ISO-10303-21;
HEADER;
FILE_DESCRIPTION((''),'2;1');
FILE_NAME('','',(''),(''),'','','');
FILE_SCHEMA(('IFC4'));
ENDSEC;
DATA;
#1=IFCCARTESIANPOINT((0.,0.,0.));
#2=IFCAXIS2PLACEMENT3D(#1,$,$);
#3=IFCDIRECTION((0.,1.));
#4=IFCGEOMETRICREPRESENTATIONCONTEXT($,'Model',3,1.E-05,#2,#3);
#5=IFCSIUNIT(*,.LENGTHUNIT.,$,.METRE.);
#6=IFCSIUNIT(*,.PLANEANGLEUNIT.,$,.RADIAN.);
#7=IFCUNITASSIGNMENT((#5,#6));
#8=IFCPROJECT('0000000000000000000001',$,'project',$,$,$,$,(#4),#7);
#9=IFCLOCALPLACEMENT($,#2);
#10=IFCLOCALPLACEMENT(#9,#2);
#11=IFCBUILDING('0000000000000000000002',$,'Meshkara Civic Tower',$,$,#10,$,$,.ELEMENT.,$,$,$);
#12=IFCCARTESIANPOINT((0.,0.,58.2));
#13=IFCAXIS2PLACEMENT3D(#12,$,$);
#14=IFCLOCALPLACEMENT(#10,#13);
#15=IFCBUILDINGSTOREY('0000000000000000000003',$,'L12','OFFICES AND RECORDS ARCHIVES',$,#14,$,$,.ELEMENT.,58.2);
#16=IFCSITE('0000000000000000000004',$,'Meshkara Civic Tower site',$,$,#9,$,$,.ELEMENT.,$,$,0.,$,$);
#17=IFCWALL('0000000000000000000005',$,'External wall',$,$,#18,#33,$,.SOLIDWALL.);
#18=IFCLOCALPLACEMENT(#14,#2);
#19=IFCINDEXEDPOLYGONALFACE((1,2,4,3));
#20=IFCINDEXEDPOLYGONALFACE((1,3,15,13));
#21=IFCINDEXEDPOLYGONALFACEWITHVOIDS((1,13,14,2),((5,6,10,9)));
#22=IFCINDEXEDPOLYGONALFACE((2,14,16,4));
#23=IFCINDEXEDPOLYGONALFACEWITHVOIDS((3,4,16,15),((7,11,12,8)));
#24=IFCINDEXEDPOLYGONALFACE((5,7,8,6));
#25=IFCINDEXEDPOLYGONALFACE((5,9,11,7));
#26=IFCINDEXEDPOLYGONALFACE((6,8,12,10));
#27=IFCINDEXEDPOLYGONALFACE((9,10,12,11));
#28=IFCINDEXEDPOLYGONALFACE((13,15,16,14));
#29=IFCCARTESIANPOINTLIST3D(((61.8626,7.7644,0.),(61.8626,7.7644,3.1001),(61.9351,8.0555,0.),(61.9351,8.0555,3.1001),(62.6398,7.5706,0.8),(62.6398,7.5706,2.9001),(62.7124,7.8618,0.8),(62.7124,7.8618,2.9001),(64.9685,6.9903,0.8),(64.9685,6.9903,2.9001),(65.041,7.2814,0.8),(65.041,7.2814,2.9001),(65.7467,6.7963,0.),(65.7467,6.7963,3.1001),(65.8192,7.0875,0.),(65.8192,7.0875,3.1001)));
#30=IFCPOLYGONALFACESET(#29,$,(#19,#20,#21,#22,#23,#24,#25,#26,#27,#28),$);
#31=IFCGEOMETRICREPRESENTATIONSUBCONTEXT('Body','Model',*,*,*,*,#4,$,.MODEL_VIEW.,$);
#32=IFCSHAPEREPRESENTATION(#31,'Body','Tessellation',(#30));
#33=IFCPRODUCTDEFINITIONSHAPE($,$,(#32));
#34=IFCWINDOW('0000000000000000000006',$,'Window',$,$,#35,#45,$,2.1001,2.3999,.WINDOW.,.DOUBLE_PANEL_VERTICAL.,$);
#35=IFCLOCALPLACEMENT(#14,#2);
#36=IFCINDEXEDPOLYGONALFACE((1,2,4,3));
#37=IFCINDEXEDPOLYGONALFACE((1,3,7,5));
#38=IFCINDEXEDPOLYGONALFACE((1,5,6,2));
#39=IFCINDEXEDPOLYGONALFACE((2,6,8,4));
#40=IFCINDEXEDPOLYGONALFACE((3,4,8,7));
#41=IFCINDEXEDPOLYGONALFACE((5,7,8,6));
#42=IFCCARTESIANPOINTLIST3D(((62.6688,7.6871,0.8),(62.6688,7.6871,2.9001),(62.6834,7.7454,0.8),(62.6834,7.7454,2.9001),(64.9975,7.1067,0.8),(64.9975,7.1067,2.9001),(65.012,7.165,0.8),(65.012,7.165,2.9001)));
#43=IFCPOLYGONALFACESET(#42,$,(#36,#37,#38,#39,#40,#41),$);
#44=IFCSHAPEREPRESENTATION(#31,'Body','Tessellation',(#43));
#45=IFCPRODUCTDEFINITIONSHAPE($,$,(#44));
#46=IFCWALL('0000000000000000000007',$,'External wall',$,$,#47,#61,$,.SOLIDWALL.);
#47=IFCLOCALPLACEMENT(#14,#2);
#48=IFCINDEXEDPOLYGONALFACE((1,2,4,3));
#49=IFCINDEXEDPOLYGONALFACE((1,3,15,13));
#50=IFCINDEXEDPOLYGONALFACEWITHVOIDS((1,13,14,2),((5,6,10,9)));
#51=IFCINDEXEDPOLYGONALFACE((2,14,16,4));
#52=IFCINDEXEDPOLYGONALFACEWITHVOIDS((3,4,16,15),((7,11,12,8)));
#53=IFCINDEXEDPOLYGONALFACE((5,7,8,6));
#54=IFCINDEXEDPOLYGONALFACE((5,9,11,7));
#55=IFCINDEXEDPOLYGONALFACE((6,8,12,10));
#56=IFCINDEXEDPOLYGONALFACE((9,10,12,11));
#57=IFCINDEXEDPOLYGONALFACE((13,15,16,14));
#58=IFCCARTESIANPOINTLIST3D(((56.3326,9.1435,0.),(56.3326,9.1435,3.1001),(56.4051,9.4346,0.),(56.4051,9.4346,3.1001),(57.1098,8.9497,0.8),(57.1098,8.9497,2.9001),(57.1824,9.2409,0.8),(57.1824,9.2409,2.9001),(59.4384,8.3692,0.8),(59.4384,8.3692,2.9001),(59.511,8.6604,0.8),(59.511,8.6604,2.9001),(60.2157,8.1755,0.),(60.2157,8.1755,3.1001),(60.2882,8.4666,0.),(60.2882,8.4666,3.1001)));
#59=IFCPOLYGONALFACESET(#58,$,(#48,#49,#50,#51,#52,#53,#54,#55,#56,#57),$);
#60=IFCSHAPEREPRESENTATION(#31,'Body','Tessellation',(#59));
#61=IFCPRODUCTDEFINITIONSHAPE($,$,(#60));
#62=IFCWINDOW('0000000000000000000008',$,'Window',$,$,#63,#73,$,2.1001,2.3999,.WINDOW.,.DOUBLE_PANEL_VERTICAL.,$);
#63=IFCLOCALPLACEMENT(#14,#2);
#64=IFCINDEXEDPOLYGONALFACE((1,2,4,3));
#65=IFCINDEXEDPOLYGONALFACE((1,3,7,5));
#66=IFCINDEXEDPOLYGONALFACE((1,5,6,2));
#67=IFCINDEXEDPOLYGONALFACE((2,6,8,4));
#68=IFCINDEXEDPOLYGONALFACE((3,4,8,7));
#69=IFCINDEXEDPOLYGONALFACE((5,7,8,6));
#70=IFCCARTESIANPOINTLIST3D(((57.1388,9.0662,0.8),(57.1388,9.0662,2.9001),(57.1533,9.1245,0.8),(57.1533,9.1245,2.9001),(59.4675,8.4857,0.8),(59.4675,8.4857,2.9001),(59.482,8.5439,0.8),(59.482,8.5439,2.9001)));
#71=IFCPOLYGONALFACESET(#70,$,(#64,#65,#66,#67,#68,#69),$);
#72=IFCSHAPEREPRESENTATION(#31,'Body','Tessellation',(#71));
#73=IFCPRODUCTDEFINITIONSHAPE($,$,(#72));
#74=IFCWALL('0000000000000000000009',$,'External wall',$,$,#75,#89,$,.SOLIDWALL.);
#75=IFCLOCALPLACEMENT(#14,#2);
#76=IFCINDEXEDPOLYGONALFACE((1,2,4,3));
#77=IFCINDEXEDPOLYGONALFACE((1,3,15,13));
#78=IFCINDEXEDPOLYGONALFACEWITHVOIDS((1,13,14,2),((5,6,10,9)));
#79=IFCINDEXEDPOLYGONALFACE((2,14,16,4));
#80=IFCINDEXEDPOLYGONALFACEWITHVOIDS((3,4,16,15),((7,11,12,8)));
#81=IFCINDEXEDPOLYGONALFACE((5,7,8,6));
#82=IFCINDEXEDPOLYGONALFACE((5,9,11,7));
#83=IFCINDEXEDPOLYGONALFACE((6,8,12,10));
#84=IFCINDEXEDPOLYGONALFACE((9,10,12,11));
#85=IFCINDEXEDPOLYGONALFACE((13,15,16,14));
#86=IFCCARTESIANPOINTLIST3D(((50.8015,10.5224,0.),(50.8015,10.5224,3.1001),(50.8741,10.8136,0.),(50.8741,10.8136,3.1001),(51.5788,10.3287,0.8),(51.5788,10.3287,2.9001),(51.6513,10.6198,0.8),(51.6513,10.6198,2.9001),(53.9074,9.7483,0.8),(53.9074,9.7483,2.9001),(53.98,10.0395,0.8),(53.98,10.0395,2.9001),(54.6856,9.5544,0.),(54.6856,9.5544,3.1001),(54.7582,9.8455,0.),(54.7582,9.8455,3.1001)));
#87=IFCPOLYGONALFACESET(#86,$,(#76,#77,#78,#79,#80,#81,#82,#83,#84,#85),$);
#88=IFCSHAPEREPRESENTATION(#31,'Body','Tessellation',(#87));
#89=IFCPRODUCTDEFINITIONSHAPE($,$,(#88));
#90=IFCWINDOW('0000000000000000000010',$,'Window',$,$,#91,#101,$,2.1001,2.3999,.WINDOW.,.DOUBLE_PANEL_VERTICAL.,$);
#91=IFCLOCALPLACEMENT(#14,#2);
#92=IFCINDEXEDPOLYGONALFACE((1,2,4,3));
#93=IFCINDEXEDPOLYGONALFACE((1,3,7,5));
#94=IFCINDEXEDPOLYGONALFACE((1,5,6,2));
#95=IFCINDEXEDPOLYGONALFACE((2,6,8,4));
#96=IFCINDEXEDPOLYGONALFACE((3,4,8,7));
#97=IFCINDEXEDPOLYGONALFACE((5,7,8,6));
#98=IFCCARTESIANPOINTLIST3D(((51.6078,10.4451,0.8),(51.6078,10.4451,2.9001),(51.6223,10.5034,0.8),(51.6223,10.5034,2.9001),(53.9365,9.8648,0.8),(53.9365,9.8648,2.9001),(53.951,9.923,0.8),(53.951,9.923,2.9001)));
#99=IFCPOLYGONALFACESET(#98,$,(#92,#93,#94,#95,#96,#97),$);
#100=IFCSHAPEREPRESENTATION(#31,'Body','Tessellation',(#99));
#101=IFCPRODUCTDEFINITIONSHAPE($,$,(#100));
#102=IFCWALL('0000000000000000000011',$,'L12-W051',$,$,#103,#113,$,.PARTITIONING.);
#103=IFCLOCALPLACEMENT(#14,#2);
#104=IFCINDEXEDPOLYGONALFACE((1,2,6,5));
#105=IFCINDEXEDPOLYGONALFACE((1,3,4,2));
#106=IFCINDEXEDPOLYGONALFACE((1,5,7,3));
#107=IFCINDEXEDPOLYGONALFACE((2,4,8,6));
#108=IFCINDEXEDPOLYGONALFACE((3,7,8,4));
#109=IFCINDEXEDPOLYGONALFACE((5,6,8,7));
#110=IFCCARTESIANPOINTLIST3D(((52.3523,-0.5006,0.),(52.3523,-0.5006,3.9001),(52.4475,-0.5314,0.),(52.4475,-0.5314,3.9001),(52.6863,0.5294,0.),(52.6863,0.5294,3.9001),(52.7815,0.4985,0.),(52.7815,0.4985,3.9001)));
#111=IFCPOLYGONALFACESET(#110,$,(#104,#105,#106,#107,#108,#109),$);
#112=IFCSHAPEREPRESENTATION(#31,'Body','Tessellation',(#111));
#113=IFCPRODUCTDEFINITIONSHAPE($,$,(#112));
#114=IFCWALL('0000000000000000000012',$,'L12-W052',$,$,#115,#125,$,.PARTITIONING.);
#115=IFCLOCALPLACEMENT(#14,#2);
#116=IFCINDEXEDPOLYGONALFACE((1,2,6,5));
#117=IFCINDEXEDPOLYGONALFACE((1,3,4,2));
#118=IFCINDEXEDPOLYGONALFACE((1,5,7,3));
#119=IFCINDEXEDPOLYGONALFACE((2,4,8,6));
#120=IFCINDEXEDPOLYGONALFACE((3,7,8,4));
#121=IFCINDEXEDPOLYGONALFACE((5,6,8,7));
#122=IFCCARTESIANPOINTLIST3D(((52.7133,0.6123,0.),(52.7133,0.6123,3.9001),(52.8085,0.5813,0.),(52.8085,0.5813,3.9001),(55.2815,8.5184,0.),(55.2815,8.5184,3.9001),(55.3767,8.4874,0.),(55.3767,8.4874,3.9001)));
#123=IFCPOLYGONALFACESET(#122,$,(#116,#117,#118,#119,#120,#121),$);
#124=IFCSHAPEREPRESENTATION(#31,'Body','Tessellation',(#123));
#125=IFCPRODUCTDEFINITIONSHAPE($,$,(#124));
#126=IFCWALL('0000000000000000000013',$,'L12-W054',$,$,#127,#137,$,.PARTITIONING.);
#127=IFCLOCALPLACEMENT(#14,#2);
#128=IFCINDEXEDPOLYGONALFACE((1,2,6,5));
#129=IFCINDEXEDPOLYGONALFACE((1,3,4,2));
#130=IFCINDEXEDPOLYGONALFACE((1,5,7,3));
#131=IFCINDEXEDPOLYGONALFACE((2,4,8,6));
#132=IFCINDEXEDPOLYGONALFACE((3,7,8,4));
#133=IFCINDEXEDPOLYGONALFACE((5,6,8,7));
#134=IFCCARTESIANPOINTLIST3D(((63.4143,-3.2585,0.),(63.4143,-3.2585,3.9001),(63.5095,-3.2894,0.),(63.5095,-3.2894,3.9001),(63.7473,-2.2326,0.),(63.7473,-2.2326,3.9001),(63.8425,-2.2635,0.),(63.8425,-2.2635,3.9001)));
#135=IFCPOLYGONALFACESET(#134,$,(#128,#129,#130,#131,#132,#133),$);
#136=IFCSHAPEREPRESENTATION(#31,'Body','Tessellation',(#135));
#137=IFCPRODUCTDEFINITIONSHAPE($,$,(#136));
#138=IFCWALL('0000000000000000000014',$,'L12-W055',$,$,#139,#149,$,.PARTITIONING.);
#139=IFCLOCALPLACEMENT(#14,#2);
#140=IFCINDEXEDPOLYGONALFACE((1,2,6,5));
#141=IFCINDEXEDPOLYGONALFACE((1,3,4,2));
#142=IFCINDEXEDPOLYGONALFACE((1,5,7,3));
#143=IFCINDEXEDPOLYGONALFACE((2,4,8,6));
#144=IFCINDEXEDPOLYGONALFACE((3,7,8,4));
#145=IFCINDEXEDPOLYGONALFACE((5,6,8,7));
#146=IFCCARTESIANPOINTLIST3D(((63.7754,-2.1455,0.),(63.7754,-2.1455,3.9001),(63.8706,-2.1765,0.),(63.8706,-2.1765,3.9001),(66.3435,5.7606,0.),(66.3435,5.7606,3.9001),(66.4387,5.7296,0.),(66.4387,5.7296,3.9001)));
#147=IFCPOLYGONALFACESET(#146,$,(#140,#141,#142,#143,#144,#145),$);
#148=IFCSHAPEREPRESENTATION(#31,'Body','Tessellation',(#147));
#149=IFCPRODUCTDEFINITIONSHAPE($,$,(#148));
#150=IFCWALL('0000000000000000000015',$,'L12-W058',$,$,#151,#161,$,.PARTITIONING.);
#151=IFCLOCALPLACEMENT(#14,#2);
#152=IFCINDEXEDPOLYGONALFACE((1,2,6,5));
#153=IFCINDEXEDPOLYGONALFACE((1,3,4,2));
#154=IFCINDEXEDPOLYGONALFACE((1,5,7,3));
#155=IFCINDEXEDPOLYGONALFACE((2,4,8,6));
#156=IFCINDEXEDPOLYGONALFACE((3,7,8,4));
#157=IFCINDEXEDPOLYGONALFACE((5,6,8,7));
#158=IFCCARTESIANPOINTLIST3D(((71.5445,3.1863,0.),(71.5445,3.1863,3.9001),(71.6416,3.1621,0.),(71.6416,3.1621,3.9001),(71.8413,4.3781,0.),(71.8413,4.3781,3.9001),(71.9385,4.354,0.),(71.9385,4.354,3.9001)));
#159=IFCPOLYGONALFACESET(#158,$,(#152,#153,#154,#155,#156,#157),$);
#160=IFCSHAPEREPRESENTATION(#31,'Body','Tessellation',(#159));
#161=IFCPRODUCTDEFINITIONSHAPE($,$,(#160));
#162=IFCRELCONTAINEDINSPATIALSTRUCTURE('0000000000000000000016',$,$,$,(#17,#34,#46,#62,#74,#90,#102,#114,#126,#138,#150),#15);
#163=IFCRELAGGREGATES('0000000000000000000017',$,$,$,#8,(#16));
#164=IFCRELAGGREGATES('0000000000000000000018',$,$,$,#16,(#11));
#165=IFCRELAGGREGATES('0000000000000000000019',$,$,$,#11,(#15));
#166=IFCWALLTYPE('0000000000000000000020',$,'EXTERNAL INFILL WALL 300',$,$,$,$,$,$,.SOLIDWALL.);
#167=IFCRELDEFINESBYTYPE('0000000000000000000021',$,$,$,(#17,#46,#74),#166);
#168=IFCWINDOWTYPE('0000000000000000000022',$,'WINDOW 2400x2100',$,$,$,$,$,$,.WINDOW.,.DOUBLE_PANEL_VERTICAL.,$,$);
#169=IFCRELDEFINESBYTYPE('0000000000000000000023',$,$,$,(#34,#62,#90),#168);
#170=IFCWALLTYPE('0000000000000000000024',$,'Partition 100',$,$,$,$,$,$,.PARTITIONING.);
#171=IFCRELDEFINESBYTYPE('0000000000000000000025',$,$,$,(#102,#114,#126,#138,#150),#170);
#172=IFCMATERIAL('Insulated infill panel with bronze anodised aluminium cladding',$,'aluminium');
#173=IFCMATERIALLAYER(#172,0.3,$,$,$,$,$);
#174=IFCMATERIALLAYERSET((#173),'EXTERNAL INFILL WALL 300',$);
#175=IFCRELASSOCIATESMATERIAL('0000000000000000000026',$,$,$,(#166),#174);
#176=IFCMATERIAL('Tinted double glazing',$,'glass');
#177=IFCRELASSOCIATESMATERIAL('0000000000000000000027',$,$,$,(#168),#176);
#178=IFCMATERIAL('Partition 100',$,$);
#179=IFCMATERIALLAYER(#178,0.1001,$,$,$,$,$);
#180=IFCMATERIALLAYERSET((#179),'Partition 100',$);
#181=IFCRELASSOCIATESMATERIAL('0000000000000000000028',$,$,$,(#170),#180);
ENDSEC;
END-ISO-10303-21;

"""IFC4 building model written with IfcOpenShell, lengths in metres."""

from ifc_helpers import new_model, si_unit, direction, frame, frame_2d, origin, place, context, subcontext, project, spatial, rectangle, extrude, material, layer, layer_set, type_object, element, fill, save


model = new_model("IFC4")

# Units and contexts
model_context = context("Model", 3, precision=1e-05, world=origin(), true_north=direction((0.0, 1.0)))
body_context = subcontext(model_context, "Body", "Model", "MODEL_VIEW")
ifc_project = project(units=[si_unit("LENGTHUNIT", "METRE"), si_unit("PLANEANGLEUNIT", "RADIAN")], contexts=[model_context])

# Site, building, storey
site_placement = place(None, origin())
site = spatial("IfcSite", under=ifc_project, at=site_placement, Name="Meshkara Civic Tower site", CompositionType="ELEMENT", RefElevation=0.0)
building_placement = place(site_placement, origin())
building = spatial("IfcBuilding", under=site, at=building_placement, Name="Meshkara Civic Tower", CompositionType="ELEMENT")
storey_placement = place(building_placement, frame((0.0, 0.0, 58.2)))
storey = spatial("IfcBuildingStorey", under=building, at=storey_placement, Name="L12", Description="OFFICES AND RECORDS ARCHIVES", CompositionType="ELEMENT", Elevation=58.2)

# Walls, openings, windows
ifc_material_1 = material(Name="Insulated infill panel with bronze anodised aluminium cladding", Category="aluminium")
ifc_layer_1 = layer(ifc_material_1, 0.3)
ifc_layer_set_1 = layer_set([ifc_layer_1], Name="EXTERNAL INFILL WALL 300")
wall_type_1 = type_object("IfcWallType", Name="EXTERNAL INFILL WALL 300", PredefinedType="SOLIDWALL", material=ifc_layer_set_1)
ifc_material_2 = material(Name="Tinted double glazing", Category="glass")
window_type = type_object("IfcWindowType", Name="WINDOW 2400x2100", PartitioningType="DOUBLE_PANEL_VERTICAL", PredefinedType="WINDOW", material=ifc_material_2)
wall_1_placement = place(storey_placement, frame((65.783, 6.9419, 0.0), z_axis=(0.0, 0.0, 1.0), x_axis=(-0.970318, 0.241832, 0.0)))
wall_1 = element("IfcWall", 1, at=wall_1_placement, inside=storey, type_object=wall_type_1, Name="External wall", PredefinedType="SOLIDWALL", context=body_context, shape_type="SweptSolid", body=[
    extrude(rectangle(XDim=4.0029, YDim=0.3, at=frame_2d((2.0015, 0.0))), origin(), (0.0, 0.0, 1.0), 3.1001),
])
opening_1_placement = place(wall_1_placement, frame((0.802, 0.0, 0.8)))
opening_1 = element("IfcOpeningElement", 2, at=opening_1_placement, cuts=wall_1, PredefinedType="OPENING", context=body_context, shape_type="SweptSolid", body=[
    extrude(rectangle(XDim=2.3999, YDim=2.1001, at=frame_2d((1.2, 1.05))), frame((0.0, 0.1599, 0.0), z_axis=(0.0, -1.0, 0.0), x_axis=(1.0, 0.0, 0.0)), (0.0, 0.0, 1.0), 0.3201),
])
window_1_placement = place(opening_1_placement, origin())
window_1 = element("IfcWindow", 3, at=window_1_placement, inside=storey, type_object=window_type, Name="Window", OverallHeight=2.1001, OverallWidth=2.3999, PartitioningType="DOUBLE_PANEL_VERTICAL", PredefinedType="WINDOW", context=body_context, shape_type="SweptSolid", body=[
    extrude(rectangle(XDim=2.3999, YDim=2.1001, at=frame_2d((1.2, 1.05))), frame((0.0, 0.03, 0.0), z_axis=(0.0, -1.0, 0.0), x_axis=(1.0, 0.0, 0.0)), (0.0, 0.0, 1.0), 0.0601),
])
fill(opening_1, window_1)
wall_2_placement = place(storey_placement, frame((60.252, 8.321, 0.0), z_axis=(0.0, 0.0, 1.0), x_axis=(-0.970304, 0.24189, 0.0)))
wall_2 = element("IfcWall", 4, at=wall_2_placement, inside=storey, type_object=wall_type_1, Name="External wall", PredefinedType="SOLIDWALL", context=body_context, shape_type="SweptSolid", body=[
    extrude(rectangle(XDim=4.002, YDim=0.3, at=frame_2d((2.001, 0.0))), origin(), (0.0, 0.0, 1.0), 3.1001),
])
opening_2_placement = place(wall_2_placement, frame((0.801, 0.0, 0.8)))
opening_2 = element("IfcOpeningElement", 5, at=opening_2_placement, cuts=wall_2, PredefinedType="OPENING", context=body_context, shape_type="SweptSolid", body=[
    extrude(rectangle(XDim=2.3999, YDim=2.1001, at=frame_2d((1.2, 1.05))), frame((0.0, 0.1599, 0.0), z_axis=(0.0, -1.0, 0.0), x_axis=(1.0, 0.0, 0.0)), (0.0, 0.0, 1.0), 0.3201),
])
window_2_placement = place(opening_2_placement, origin())
window_2 = element("IfcWindow", 6, at=window_2_placement, inside=storey, type_object=window_type, Name="Window", OverallHeight=2.1001, OverallWidth=2.3999, PartitioningType="DOUBLE_PANEL_VERTICAL", PredefinedType="WINDOW", context=body_context, shape_type="SweptSolid", body=[
    extrude(rectangle(XDim=2.3999, YDim=2.1001, at=frame_2d((1.2, 1.05))), frame((0.0, 0.03, 0.0), z_axis=(0.0, -1.0, 0.0), x_axis=(1.0, 0.0, 0.0)), (0.0, 0.0, 1.0), 0.0601),
])
fill(opening_2, window_2)
wall_3_placement = place(storey_placement, frame((54.7219, 9.7, 0.0), z_axis=(0.0, 0.0, 1.0), x_axis=(-0.970318, 0.241832, 0.0)))
wall_3 = element("IfcWall", 7, at=wall_3_placement, inside=storey, type_object=wall_type_1, Name="External wall", PredefinedType="SOLIDWALL", context=body_context, shape_type="SweptSolid", body=[
    extrude(rectangle(XDim=4.0029, YDim=0.3, at=frame_2d((2.0015, 0.0))), origin(), (0.0, 0.0, 1.0), 3.1001),
])
opening_3_placement = place(wall_3_placement, frame((0.802, 0.0, 0.8)))
opening_3 = element("IfcOpeningElement", 8, at=opening_3_placement, cuts=wall_3, PredefinedType="OPENING", context=body_context, shape_type="SweptSolid", body=[
    extrude(rectangle(XDim=2.3999, YDim=2.1001, at=frame_2d((1.2, 1.05))), frame((0.0, 0.1599, 0.0), z_axis=(0.0, -1.0, 0.0), x_axis=(1.0, 0.0, 0.0)), (0.0, 0.0, 1.0), 0.3201),
])
window_3_placement = place(opening_3_placement, origin())
window_3 = element("IfcWindow", 9, at=window_3_placement, inside=storey, type_object=window_type, Name="Window", OverallHeight=2.1001, OverallWidth=2.3999, PartitioningType="DOUBLE_PANEL_VERTICAL", PredefinedType="WINDOW", context=body_context, shape_type="SweptSolid", body=[
    extrude(rectangle(XDim=2.3999, YDim=2.1001, at=frame_2d((1.2, 1.05))), frame((0.0, 0.03, 0.0), z_axis=(0.0, -1.0, 0.0), x_axis=(1.0, 0.0, 0.0)), (0.0, 0.0, 1.0), 0.0601),
])
fill(opening_3, window_3)

# Walls
ifc_material_3 = material(Name="Partition 100")
ifc_layer_2 = layer(ifc_material_3, 0.1001)
ifc_layer_set_2 = layer_set([ifc_layer_2], Name="Partition 100")
wall_type_2 = type_object("IfcWallType", Name="Partition 100", PredefinedType="PARTITIONING", material=ifc_layer_set_2)
wall_4_placement = place(storey_placement, frame((52.3999, -0.5161, 0.0), z_axis=(0.0, 0.0, 1.0), x_axis=(0.308439, 0.951244, 0.0)))
element("IfcWall", 10, at=wall_4_placement, inside=storey, type_object=wall_type_2, Name="L12-W051", PredefinedType="PARTITIONING", context=body_context, shape_type="SweptSolid", body=[
    extrude(rectangle(XDim=1.0828, YDim=0.1001, at=frame_2d((0.5415, 0.0))), origin(), (0.0, 0.0, 1.0), 3.9001),
])
wall_5_placement = place(storey_placement, frame((52.761, 0.5969, 0.0), z_axis=(0.0, 0.0, 1.0), x_axis=(0.308941, 0.951081, 0.0)))
element("IfcWall", 11, at=wall_5_placement, inside=storey, type_object=wall_type_2, Name="L12-W052", PredefinedType="PARTITIONING", context=body_context, shape_type="SweptSolid", body=[
    extrude(rectangle(XDim=8.3127, YDim=0.1001, at=frame_2d((4.1562, 0.0))), origin(), (0.0, 0.0, 1.0), 3.9001),
])
wall_6_placement = place(storey_placement, frame((63.4619, -3.2739, 0.0), z_axis=(0.0, 0.0, 1.0), x_axis=(0.308748, 0.951144, 0.0)))
element("IfcWall", 12, at=wall_6_placement, inside=storey, type_object=wall_type_2, Name="L12-W054", PredefinedType="PARTITIONING", context=body_context, shape_type="SweptSolid", body=[
    extrude(rectangle(XDim=1.0786, YDim=0.1001, at=frame_2d((0.5393, 0.0))), origin(), (0.0, 0.0, 1.0), 3.9001),
])
wall_7_placement = place(storey_placement, frame((63.823, -2.1609, 0.0), z_axis=(0.0, 0.0, 1.0), x_axis=(0.308941, 0.951081, 0.0)))
element("IfcWall", 13, at=wall_7_placement, inside=storey, type_object=wall_type_2, Name="L12-W055", PredefinedType="PARTITIONING", context=body_context, shape_type="SweptSolid", body=[
    extrude(rectangle(XDim=8.3127, YDim=0.1001, at=frame_2d((4.1562, 0.0))), origin(), (0.0, 0.0, 1.0), 3.9001),
])
wall_8_placement = place(storey_placement, frame((71.593, 3.1741, 0.0), z_axis=(0.0, 0.0, 1.0), x_axis=(0.241694, 0.970353, 0.0)))
element("IfcWall", 14, at=wall_8_placement, inside=storey, type_object=wall_type_2, Name="L12-W058", PredefinedType="PARTITIONING", context=body_context, shape_type="SweptSolid", body=[
    extrude(rectangle(XDim=1.2283, YDim=0.1001, at=frame_2d((0.6143, 0.0))), origin(), (0.0, 0.0, 1.0), 3.9001),
])

save(model, "model.ifc")
